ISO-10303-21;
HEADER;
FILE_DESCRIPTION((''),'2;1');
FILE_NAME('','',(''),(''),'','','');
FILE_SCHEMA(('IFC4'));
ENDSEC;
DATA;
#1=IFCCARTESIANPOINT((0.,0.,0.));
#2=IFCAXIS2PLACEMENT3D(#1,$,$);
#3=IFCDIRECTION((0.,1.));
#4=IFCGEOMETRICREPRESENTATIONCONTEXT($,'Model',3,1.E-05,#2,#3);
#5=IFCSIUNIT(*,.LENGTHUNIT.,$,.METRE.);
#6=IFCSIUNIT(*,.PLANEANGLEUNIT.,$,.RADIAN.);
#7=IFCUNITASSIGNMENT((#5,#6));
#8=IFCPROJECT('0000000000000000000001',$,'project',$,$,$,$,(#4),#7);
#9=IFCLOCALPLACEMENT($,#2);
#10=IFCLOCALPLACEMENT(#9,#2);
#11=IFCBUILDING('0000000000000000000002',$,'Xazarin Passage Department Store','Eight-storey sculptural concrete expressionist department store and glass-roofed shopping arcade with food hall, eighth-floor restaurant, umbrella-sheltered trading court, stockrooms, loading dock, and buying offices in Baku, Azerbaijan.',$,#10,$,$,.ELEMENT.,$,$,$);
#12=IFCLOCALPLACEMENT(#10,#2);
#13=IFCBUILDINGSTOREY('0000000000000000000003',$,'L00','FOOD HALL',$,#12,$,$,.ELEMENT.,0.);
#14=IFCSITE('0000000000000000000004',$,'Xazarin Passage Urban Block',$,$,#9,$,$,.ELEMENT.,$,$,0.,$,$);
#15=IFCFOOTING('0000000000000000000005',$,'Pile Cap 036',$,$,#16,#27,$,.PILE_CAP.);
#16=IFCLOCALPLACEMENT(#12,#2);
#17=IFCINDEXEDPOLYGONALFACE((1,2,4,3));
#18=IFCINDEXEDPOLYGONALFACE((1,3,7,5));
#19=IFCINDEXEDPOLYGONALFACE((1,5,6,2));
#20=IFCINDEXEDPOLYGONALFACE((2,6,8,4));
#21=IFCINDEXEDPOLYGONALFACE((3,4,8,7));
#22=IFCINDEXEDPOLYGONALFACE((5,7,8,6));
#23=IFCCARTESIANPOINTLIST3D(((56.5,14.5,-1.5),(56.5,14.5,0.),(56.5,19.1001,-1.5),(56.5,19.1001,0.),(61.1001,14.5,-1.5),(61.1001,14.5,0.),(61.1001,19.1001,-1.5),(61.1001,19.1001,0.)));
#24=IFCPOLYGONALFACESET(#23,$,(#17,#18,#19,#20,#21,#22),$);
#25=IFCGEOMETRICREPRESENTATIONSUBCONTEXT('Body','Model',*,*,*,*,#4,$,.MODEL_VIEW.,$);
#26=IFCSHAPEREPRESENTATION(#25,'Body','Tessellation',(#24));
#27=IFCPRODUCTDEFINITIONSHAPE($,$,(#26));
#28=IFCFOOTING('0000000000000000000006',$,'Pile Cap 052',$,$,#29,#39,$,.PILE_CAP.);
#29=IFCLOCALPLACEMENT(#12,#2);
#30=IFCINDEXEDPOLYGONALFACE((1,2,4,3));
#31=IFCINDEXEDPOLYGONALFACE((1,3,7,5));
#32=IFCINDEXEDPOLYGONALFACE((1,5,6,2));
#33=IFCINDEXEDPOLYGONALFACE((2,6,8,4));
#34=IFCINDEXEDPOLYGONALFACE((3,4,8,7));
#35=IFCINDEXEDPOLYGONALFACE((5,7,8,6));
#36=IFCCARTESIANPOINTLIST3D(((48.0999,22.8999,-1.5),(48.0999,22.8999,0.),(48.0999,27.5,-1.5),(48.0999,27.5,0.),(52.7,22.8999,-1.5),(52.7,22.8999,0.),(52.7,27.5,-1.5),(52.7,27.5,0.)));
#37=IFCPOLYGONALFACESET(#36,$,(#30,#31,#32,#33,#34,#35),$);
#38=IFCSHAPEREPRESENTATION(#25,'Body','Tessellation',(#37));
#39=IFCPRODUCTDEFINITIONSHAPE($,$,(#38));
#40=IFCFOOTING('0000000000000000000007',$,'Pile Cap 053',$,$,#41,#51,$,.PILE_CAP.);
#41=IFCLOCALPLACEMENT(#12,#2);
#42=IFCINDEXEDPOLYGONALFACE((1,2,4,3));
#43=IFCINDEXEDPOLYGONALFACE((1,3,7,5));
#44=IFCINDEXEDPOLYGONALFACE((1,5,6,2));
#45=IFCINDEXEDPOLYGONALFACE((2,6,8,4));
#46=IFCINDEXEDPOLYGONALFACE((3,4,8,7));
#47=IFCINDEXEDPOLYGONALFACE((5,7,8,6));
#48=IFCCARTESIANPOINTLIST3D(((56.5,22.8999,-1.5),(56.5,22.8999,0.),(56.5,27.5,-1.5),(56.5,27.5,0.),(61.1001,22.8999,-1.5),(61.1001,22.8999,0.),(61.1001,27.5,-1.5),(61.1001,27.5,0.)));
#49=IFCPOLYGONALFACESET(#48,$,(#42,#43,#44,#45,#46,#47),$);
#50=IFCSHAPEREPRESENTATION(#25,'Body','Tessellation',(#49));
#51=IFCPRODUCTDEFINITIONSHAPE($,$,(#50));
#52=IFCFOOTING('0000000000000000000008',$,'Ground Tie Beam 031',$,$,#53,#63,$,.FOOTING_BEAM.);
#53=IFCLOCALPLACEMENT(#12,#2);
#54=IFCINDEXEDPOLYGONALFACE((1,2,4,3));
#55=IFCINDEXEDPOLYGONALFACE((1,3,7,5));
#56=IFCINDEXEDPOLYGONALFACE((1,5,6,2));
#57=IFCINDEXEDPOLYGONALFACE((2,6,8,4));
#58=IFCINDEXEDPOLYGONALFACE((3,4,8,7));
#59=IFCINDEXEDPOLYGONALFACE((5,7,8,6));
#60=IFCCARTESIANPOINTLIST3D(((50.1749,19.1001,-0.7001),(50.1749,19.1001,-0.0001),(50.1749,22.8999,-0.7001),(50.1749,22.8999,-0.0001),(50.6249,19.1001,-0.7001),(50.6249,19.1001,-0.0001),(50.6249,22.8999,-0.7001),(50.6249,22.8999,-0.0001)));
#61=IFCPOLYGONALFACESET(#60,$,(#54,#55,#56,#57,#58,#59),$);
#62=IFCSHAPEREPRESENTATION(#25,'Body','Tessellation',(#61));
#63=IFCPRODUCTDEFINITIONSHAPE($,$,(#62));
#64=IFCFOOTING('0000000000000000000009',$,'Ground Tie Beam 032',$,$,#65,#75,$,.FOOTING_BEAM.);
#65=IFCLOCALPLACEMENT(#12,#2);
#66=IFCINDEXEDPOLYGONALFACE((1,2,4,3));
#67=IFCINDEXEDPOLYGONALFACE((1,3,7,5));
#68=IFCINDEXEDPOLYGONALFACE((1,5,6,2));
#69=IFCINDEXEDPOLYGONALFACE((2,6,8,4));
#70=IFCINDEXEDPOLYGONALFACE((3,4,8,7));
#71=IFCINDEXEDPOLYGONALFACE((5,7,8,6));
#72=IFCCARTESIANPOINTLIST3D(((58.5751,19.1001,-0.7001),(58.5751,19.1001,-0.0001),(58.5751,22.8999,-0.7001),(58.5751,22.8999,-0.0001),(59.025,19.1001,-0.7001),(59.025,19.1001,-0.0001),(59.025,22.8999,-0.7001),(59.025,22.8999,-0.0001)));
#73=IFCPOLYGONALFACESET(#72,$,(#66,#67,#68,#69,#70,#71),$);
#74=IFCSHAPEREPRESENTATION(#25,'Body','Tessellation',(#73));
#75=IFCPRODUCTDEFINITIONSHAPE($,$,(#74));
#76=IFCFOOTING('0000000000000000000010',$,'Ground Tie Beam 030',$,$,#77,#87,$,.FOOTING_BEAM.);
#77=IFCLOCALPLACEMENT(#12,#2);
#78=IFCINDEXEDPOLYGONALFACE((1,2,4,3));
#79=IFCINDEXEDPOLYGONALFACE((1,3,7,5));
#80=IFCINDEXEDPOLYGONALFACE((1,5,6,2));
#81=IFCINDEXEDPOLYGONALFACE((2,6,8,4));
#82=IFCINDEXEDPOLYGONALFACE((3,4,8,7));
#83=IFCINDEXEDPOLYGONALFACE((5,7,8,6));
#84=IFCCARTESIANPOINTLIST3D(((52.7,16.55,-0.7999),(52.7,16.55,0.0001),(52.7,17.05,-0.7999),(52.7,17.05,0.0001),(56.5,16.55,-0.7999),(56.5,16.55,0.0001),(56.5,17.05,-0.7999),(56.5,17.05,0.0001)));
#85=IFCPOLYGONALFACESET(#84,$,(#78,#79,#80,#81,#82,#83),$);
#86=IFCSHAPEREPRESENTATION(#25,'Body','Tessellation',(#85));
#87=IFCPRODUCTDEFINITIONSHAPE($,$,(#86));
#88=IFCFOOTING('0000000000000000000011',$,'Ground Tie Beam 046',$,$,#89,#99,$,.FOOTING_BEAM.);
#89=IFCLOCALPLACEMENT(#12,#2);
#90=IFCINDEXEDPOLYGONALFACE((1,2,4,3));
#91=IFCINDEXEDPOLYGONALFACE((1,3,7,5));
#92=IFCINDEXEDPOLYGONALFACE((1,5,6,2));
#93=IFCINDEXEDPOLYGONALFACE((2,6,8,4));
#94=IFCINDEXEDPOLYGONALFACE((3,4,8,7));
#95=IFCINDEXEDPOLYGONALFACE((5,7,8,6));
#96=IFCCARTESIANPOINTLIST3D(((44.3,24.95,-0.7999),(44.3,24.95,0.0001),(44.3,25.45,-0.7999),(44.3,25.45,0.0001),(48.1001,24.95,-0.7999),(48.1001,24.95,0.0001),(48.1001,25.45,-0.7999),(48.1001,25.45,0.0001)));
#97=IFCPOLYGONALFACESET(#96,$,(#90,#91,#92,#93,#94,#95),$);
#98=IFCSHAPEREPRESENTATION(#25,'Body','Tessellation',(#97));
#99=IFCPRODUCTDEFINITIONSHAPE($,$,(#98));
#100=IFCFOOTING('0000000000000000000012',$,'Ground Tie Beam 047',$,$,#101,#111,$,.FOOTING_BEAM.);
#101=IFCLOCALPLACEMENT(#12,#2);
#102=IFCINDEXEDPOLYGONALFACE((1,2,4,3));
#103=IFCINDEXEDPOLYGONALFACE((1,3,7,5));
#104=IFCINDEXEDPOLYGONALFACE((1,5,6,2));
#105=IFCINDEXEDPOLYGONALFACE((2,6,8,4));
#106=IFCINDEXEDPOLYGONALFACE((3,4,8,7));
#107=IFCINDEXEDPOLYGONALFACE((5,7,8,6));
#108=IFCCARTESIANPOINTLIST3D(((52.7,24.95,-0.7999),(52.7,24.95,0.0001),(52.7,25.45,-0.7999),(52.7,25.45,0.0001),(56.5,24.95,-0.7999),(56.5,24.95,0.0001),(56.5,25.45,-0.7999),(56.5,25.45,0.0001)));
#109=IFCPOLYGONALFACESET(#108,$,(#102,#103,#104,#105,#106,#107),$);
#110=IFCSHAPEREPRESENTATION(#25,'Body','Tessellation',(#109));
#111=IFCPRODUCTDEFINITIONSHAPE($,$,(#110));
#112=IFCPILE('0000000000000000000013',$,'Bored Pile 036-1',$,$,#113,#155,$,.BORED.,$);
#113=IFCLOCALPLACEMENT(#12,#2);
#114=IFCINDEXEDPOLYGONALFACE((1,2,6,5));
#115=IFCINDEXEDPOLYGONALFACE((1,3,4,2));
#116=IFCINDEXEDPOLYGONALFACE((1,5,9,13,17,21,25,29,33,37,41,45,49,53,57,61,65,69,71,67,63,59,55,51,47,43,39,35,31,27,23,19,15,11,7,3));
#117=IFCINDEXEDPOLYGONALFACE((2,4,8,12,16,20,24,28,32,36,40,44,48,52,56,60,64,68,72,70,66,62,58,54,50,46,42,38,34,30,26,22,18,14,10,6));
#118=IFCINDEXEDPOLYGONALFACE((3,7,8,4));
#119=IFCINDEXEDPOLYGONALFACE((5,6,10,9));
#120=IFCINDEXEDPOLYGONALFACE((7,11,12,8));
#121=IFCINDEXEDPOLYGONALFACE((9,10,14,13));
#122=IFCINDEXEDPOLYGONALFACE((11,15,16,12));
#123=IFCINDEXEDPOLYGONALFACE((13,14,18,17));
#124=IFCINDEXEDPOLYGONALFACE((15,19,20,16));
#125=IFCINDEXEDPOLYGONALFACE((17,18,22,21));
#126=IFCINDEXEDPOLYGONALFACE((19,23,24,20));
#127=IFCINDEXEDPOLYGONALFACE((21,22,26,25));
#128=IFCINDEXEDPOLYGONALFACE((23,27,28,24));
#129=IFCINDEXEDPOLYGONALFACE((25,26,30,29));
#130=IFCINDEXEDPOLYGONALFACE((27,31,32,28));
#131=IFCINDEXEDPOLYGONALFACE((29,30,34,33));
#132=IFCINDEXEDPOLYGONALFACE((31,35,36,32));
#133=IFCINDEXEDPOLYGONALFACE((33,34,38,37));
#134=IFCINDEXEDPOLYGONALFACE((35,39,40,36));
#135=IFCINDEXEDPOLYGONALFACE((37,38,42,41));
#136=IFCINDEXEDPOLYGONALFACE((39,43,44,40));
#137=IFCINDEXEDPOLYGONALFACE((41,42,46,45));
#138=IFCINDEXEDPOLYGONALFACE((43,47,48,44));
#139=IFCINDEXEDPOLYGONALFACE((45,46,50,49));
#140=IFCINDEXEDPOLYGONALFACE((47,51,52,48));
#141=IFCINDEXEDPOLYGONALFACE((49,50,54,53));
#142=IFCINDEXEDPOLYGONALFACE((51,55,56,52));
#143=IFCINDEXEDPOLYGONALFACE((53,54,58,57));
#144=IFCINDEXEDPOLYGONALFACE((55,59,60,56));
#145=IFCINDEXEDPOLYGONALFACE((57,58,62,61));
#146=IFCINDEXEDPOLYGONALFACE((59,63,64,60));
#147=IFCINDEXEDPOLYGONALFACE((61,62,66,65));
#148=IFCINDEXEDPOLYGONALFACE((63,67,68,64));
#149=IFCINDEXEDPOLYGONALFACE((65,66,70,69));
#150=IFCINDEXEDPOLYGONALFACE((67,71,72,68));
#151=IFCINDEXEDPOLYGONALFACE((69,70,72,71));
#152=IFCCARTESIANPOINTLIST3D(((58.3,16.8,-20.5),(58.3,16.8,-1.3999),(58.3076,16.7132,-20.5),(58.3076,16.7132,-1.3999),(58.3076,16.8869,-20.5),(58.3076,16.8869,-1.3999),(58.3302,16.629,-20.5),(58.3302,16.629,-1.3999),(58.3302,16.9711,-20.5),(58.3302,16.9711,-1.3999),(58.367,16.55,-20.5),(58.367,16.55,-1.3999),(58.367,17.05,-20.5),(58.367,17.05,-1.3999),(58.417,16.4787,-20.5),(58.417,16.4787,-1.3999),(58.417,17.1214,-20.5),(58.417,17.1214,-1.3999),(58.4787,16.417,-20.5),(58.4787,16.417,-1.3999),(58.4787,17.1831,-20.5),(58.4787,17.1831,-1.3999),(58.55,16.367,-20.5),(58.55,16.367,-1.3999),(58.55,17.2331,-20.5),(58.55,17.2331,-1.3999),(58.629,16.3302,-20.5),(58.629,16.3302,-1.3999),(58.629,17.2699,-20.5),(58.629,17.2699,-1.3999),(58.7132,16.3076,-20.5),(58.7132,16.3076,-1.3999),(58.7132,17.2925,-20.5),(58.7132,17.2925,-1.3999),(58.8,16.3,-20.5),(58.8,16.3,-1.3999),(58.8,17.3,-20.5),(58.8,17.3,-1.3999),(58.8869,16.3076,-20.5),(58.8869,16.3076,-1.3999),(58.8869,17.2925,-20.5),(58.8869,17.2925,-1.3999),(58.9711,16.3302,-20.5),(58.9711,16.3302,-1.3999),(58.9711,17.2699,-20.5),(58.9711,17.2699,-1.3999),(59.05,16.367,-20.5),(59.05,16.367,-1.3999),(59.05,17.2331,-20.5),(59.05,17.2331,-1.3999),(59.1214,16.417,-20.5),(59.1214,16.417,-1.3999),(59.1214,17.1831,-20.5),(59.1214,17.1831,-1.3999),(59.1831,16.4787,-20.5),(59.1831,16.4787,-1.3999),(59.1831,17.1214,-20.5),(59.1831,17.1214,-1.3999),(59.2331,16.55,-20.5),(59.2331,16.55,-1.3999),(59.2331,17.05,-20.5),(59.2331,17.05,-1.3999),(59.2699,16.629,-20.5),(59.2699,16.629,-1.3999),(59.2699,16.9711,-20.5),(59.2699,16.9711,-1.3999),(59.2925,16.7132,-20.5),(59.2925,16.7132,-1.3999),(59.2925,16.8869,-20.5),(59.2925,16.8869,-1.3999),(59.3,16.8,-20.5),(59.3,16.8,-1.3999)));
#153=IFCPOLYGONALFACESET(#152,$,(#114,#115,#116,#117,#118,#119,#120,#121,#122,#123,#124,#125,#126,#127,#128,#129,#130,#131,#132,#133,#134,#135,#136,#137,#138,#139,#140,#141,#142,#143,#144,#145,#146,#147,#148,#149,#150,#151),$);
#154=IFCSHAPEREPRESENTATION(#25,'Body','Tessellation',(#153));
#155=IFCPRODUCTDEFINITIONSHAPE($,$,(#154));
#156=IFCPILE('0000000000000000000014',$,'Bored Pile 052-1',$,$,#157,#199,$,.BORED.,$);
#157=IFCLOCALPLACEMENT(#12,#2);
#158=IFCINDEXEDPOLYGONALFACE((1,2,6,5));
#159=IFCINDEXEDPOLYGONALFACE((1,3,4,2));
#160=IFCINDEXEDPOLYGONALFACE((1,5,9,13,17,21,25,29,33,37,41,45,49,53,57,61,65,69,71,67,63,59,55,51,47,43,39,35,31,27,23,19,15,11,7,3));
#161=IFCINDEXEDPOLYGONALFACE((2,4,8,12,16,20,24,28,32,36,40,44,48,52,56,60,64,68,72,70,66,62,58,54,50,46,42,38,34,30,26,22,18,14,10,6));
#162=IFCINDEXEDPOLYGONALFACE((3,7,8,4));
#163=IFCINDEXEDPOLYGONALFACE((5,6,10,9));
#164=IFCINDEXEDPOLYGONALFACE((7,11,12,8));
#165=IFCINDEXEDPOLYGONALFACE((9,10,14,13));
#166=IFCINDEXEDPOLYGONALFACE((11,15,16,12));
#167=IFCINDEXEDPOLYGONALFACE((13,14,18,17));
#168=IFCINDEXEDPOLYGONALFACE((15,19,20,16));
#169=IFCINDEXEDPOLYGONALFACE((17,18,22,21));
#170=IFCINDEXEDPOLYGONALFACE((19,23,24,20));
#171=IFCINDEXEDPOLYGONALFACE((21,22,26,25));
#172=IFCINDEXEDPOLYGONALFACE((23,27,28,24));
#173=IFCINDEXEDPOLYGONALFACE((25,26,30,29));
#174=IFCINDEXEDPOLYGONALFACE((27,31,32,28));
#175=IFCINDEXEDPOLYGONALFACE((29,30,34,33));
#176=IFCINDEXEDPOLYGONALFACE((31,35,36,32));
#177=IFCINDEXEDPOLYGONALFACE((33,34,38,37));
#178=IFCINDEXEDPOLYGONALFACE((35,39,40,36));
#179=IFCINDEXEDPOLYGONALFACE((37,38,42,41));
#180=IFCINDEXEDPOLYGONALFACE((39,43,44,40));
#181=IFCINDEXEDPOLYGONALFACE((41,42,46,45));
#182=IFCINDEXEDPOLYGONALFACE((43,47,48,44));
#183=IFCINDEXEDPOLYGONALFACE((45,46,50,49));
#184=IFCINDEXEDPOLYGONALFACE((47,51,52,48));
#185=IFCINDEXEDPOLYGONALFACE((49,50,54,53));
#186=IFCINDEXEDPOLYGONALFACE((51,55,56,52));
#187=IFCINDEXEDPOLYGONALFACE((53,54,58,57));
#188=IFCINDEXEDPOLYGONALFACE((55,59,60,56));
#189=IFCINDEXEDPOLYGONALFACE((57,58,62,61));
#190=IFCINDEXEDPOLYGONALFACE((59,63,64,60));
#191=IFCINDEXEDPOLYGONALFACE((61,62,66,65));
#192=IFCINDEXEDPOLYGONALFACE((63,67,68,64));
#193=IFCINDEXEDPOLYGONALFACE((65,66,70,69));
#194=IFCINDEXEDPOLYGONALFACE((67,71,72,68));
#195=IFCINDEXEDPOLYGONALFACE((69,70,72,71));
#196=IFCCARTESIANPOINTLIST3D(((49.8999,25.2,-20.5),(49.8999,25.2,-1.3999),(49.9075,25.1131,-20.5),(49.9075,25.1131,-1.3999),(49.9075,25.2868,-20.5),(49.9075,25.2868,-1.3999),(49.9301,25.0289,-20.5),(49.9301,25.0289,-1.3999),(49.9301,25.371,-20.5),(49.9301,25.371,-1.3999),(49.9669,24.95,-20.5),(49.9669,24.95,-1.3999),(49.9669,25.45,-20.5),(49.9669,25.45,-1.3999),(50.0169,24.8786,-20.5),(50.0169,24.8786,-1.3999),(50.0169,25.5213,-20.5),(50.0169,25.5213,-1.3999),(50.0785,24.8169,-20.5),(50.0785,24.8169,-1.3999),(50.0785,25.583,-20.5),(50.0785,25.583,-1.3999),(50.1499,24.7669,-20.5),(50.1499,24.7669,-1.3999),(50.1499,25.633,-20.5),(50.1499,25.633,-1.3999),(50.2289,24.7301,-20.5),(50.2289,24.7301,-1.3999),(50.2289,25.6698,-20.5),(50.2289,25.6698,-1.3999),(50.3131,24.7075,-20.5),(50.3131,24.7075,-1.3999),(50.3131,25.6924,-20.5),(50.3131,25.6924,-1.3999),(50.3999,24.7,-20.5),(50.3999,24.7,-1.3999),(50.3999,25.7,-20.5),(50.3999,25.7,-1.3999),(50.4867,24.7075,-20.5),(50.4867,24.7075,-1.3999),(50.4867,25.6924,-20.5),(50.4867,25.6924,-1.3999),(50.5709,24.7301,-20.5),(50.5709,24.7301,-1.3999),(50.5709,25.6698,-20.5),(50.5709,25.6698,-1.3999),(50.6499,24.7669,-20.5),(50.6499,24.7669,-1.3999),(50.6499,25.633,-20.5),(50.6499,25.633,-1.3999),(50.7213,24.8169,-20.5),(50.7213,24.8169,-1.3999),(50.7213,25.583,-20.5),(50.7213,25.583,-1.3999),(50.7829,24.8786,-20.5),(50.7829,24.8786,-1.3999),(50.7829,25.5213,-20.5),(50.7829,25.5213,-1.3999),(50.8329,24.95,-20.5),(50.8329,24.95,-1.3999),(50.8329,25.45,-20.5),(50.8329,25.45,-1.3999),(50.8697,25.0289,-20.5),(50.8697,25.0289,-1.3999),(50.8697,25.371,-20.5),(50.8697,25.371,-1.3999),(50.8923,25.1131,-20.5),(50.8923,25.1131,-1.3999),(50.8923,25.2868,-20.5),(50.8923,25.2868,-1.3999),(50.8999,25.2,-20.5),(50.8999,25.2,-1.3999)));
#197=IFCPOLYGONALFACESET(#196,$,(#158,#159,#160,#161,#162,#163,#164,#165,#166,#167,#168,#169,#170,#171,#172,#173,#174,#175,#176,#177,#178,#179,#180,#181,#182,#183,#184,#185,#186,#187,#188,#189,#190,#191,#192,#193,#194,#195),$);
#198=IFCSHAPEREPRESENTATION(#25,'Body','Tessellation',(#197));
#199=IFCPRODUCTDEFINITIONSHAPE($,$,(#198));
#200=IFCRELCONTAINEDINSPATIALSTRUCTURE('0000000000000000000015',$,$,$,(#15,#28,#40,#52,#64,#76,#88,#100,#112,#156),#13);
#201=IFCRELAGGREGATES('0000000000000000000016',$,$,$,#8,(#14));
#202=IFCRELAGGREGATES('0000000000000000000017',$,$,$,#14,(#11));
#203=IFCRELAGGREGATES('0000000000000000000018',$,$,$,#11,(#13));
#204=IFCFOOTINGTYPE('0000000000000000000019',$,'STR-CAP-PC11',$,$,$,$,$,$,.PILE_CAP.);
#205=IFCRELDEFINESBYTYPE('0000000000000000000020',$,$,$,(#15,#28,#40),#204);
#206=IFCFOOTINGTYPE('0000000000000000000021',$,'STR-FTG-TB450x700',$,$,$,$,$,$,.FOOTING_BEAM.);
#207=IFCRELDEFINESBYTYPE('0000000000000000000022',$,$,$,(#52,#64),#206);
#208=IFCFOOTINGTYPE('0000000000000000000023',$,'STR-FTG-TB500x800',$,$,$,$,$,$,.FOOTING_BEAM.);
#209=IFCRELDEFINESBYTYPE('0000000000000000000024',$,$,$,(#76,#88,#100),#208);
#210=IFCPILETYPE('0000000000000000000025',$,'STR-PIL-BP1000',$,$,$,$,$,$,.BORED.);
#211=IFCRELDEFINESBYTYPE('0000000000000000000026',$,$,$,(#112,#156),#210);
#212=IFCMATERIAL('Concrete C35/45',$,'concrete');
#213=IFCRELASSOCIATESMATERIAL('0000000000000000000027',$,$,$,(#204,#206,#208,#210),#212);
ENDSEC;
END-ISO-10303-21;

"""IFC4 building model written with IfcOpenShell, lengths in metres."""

from ifc_helpers import new_model, si_unit, direction, frame, origin, origin_2d, place, context, subcontext, project, spatial, rectangle, circle, extrude, material, material_profile, profile_set, type_object, element, save


model = new_model("IFC4")

# Units and contexts
model_context = context("Model", 3, precision=1e-05, world=origin(), true_north=direction((0.0, 1.0)))
body_context = subcontext(model_context, "Body", "Model", "MODEL_VIEW")
ifc_project = project(units=[si_unit("LENGTHUNIT", "METRE"), si_unit("PLANEANGLEUNIT", "RADIAN")], contexts=[model_context])

# Site, building, storey
site_placement = place(None, origin())
site = spatial("IfcSite", under=ifc_project, at=site_placement, Name="Xazarin Passage Urban Block", CompositionType="ELEMENT", RefElevation=0.0)
building_placement = place(site_placement, origin())
building = spatial("IfcBuilding", under=site, at=building_placement, Name="Xazarin Passage Department Store", Description="Eight-storey sculptural concrete expressionist department store and glass-roofed shopping arcade with food hall, eighth-floor restaurant, umbrella-sheltered trading court, stockrooms, loading dock, and buying offices in Baku, Azerbaijan.", CompositionType="ELEMENT")
storey_placement = place(building_placement, origin())
storey = spatial("IfcBuildingStorey", under=building, at=storey_placement, Name="L00", Description="FOOD HALL", CompositionType="ELEMENT", Elevation=0.0)

# Footings
ifc_material_1 = material(Name="Concrete C35/45", Category="concrete")
footing_type_1 = type_object("IfcFootingType", Name="STR-CAP-PC11", PredefinedType="PILE_CAP", material=ifc_material_1)
for number, where, z_axis, x_axis, name in (
    (1, (58.8, 16.8, -1.5), (0.0, 0.0, 1.0), (1.0, 0.0, 0.0), "Pile Cap 036"),
    (2, (50.3999, 25.2, -1.5), (0.0, 0.0, 1.0), (1.0, 0.0, 0.0), "Pile Cap 052"),
    (3, (58.8, 25.2, -1.5), (0.0, 0.0, 1.0), (1.0, 0.0, 0.0), "Pile Cap 053"),
):
    element("IfcFooting", number, at=place(storey_placement, frame(where, z_axis=z_axis, x_axis=x_axis)), inside=storey, type_object=footing_type_1, Name=name, PredefinedType="PILE_CAP", context=body_context, shape_type="SweptSolid", body=[
        extrude(rectangle(XDim=4.6001, YDim=4.6001, at=origin_2d()), origin(), (0.0, 0.0, 1.0), 1.5),
    ])
ifc_material_profile_1 = material_profile(ifc_material_1, rectangle(XDim=0.45, YDim=0.7, at=origin_2d()), Name="RC 450x700")
ifc_profile_set_1 = profile_set([ifc_material_profile_1], Name="Concrete C35/45")
footing_type_2 = type_object("IfcFootingType", Name="STR-FTG-TB450x700", PredefinedType="FOOTING_BEAM", material=ifc_profile_set_1)
for number, where, z_axis, x_axis, name in (
    (4, (50.3999, 19.1001, -0.3501), (0.0, 1.0, 0.0), (-1.0, 0.0, 0.0), "Ground Tie Beam 031"),
    (5, (58.8, 19.1001, -0.3501), (0.0, 1.0, 0.0), (-1.0, 0.0, 0.0), "Ground Tie Beam 032"),
):
    element("IfcFooting", number, at=place(storey_placement, frame(where, z_axis=z_axis, x_axis=x_axis)), inside=storey, type_object=footing_type_2, Name=name, PredefinedType="FOOTING_BEAM", context=body_context, shape_type="SweptSolid", body=[
        extrude(rectangle(XDim=0.45, YDim=0.7, at=origin_2d()), origin(), (0.0, 0.0, 1.0), 3.7998),
    ])
ifc_material_profile_2 = material_profile(ifc_material_1, rectangle(XDim=0.5, YDim=0.8, at=origin_2d()), Name="RC 500x800")
ifc_profile_set_2 = profile_set([ifc_material_profile_2], Name="Concrete C35/45")
footing_type_3 = type_object("IfcFootingType", Name="STR-FTG-TB500x800", PredefinedType="FOOTING_BEAM", material=ifc_profile_set_2)
for number, where, z_axis, x_axis, name in (
    (6, (52.7, 16.8, -0.3999), (1.0, 0.0, 0.0), (0.0, 1.0, 0.0), "Ground Tie Beam 030"),
    (7, (44.3, 25.2, -0.3999), (1.0, 0.0, 0.0), (0.0, 1.0, 0.0), "Ground Tie Beam 046"),
    (8, (52.7, 25.2, -0.3999), (1.0, 0.0, 0.0), (0.0, 1.0, 0.0), "Ground Tie Beam 047"),
):
    element("IfcFooting", number, at=place(storey_placement, frame(where, z_axis=z_axis, x_axis=x_axis)), inside=storey, type_object=footing_type_3, Name=name, PredefinedType="FOOTING_BEAM", context=body_context, shape_type="SweptSolid", body=[
        extrude(rectangle(XDim=0.5, YDim=0.8, at=origin_2d()), origin(), (0.0, 0.0, 1.0), 3.8),
    ])

# Piles
ifc_material_profile_3 = material_profile(ifc_material_1, circle(Radius=0.5, at=origin_2d()), Name="BP 1000")
ifc_profile_set_3 = profile_set([ifc_material_profile_3], Name="Concrete C35/45")
pile_type_1 = type_object("IfcPileType", Name="STR-PIL-BP1000", PredefinedType="BORED", material=ifc_profile_set_3)
for number, where, z_axis, x_axis, name in (
    (9, (58.8, 16.8, -1.3999), (0.0, 0.0, -1.0), (1.0, 0.0, 0.0), "Bored Pile 036-1"),
    (10, (50.3999, 25.2, -1.3999), (0.0, 0.0, -1.0), (1.0, 0.0, 0.0), "Bored Pile 052-1"),
):
    element("IfcPile", number, at=place(storey_placement, frame(where, z_axis=z_axis, x_axis=x_axis)), inside=storey, type_object=pile_type_1, Name=name, PredefinedType="BORED", context=body_context, shape_type="SweptSolid", body=[
        extrude(circle(Radius=0.5, at=origin_2d()), origin(), (0.0, 0.0, 1.0), 19.1001),
    ])

save(model, "model.ifc")
